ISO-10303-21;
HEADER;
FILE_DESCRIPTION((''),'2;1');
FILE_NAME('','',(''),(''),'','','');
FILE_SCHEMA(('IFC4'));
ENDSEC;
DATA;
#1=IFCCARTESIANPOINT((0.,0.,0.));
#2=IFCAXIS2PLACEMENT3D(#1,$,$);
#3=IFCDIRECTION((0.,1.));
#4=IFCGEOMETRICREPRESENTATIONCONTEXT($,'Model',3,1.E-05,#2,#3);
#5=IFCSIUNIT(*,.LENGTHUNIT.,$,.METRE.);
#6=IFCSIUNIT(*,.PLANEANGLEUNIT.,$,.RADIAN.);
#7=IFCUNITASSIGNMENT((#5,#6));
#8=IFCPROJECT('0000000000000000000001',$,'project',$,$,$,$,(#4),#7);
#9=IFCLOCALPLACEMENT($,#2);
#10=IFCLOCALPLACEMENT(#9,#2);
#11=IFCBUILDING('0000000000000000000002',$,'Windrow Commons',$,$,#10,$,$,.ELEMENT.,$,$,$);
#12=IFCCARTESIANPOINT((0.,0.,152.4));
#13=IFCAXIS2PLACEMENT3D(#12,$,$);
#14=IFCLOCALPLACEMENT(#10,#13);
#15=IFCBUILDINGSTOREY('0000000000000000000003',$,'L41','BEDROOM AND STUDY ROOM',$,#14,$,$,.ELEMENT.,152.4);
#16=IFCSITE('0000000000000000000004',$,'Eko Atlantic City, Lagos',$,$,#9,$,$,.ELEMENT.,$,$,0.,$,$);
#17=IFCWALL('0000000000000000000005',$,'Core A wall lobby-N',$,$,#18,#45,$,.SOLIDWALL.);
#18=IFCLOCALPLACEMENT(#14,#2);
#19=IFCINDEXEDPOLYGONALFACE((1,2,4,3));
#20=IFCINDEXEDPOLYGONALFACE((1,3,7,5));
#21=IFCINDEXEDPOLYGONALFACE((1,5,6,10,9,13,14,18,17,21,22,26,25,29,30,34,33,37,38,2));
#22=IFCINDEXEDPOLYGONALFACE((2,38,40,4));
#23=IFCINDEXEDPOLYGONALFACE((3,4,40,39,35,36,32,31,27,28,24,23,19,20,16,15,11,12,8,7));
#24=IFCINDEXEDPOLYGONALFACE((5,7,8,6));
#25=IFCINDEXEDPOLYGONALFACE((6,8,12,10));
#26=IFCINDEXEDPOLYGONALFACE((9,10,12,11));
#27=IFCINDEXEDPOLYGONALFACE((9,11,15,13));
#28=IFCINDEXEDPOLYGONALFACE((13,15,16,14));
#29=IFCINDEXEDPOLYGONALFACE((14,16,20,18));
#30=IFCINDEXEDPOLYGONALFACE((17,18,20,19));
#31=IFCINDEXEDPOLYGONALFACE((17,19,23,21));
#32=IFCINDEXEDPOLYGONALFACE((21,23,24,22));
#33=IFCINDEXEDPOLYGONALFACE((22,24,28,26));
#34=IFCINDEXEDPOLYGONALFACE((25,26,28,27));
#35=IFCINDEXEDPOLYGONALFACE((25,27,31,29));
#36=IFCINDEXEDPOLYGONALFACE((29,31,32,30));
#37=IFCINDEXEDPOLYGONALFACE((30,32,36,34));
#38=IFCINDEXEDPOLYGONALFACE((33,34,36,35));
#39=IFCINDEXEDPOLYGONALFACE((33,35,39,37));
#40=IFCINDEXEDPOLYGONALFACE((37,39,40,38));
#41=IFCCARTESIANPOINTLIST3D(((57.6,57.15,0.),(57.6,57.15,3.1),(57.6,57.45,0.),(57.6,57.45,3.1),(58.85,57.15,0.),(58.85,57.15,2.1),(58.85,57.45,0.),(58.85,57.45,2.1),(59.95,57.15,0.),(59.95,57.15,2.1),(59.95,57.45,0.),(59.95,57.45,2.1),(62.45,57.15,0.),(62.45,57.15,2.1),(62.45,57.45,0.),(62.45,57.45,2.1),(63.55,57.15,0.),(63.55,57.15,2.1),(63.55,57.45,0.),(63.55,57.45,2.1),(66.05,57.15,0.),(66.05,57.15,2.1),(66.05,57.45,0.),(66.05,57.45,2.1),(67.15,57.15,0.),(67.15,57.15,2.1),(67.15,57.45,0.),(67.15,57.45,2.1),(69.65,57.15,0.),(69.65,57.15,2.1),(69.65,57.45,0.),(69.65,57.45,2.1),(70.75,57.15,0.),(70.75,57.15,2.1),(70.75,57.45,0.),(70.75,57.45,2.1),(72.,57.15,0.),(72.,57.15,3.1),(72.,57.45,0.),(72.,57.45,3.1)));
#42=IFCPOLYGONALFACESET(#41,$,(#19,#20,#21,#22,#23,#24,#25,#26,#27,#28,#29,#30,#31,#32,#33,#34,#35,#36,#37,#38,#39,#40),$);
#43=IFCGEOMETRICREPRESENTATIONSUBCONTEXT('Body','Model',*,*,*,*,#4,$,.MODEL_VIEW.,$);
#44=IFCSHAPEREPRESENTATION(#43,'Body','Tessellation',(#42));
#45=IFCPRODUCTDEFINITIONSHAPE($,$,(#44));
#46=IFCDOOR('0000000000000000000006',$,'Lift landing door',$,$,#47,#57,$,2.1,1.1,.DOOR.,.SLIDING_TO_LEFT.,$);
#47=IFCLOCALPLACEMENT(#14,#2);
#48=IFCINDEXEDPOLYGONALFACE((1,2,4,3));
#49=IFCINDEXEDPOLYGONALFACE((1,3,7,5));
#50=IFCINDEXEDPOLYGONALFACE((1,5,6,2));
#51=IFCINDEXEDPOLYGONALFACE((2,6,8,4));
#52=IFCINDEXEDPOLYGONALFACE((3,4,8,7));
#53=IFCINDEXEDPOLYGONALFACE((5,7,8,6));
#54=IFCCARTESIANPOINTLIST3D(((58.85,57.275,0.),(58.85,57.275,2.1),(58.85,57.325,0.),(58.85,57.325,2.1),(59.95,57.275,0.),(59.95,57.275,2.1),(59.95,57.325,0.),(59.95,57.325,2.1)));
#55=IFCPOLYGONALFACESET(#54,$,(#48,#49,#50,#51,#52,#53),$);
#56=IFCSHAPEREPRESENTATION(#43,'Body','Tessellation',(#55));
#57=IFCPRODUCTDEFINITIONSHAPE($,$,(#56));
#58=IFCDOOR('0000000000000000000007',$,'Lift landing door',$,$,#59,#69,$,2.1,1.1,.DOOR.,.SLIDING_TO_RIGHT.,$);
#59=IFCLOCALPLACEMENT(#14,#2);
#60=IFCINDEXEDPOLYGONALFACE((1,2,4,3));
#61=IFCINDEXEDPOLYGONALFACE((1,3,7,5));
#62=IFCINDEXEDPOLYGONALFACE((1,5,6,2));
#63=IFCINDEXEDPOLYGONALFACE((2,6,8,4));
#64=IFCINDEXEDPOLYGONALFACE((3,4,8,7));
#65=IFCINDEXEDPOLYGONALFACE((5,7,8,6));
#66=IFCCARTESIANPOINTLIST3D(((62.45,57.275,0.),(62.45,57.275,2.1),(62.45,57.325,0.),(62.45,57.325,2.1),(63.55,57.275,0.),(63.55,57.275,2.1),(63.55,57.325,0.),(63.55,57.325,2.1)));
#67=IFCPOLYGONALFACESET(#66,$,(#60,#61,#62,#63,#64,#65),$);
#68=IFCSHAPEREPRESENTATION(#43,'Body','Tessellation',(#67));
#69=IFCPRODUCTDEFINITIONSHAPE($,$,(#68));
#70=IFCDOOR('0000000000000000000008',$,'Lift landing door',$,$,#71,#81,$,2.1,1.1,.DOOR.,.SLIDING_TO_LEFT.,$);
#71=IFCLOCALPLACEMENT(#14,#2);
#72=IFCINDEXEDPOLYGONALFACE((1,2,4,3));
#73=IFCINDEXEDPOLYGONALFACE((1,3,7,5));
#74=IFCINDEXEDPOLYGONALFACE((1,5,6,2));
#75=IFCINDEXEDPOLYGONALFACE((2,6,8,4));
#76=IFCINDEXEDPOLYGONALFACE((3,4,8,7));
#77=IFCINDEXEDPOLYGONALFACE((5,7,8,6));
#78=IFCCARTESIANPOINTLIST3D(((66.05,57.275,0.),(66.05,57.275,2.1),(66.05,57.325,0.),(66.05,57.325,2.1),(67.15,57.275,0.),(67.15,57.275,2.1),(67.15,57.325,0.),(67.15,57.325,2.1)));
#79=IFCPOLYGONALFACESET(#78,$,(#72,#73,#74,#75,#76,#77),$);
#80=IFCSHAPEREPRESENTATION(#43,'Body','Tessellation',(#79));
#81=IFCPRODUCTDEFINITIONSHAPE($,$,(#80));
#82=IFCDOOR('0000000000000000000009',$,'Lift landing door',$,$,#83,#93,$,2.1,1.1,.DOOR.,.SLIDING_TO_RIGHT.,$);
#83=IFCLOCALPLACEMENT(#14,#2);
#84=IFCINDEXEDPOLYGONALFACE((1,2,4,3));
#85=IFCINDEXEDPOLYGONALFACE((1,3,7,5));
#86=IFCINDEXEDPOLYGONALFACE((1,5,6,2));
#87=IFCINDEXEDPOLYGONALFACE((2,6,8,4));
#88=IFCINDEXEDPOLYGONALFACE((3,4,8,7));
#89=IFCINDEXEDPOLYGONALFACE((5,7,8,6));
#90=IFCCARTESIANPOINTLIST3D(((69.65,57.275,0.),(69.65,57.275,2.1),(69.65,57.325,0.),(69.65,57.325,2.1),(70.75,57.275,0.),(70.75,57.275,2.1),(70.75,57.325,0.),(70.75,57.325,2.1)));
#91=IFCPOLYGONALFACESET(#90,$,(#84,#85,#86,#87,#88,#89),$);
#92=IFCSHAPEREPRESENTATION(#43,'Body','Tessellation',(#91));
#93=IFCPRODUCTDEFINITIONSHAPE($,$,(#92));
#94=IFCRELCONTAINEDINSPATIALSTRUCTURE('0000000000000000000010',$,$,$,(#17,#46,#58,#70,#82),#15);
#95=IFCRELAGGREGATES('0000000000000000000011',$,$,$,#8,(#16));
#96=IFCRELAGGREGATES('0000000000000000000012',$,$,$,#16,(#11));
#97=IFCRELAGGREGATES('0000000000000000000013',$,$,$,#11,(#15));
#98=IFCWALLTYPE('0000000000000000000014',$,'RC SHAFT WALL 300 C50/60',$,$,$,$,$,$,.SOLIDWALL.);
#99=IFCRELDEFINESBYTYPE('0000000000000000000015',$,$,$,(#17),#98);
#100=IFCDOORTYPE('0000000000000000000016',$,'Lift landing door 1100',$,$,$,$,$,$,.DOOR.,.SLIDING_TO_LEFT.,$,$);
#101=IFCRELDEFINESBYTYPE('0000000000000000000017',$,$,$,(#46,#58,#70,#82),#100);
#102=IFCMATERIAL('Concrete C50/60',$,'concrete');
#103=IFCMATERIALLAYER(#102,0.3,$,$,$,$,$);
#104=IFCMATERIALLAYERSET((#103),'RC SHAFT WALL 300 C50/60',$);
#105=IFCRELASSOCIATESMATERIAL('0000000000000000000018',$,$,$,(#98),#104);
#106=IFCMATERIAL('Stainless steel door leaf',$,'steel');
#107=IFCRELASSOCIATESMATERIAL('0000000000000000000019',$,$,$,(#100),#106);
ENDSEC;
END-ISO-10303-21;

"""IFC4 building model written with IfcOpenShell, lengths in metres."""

from ifc_helpers import new_model, si_unit, direction, frame, frame_2d, origin, place, context, subcontext, project, spatial, rectangle, extrude, material, layer, layer_set, type_object, element, fill, save


model = new_model("IFC4")

# Units and contexts
model_context = context("Model", 3, precision=1e-05, world=origin(), true_north=direction((0.0, 1.0)))
body_context = subcontext(model_context, "Body", "Model", "MODEL_VIEW")
ifc_project = project(units=[si_unit("LENGTHUNIT", "METRE"), si_unit("PLANEANGLEUNIT", "RADIAN")], contexts=[model_context])

# Site, building, storey
site_placement = place(None, origin())
site = spatial("IfcSite", under=ifc_project, at=site_placement, Name="Eko Atlantic City, Lagos", CompositionType="ELEMENT", RefElevation=0.0)
building_placement = place(site_placement, origin())
building = spatial("IfcBuilding", under=site, at=building_placement, Name="Windrow Commons", CompositionType="ELEMENT")
storey_placement = place(building_placement, frame((0.0, 0.0, 152.4)))
storey = spatial("IfcBuildingStorey", under=building, at=storey_placement, Name="L41", Description="BEDROOM AND STUDY ROOM", CompositionType="ELEMENT", Elevation=152.4)

# Wall, openings, doors
ifc_material_1 = material(Name="Concrete C50/60", Category="concrete")
ifc_layer_1 = layer(ifc_material_1, 0.3)
ifc_layer_set_1 = layer_set([ifc_layer_1], Name="RC SHAFT WALL 300 C50/60")
wall_type_1 = type_object("IfcWallType", Name="RC SHAFT WALL 300 C50/60", PredefinedType="SOLIDWALL", material=ifc_layer_set_1)
ifc_material_2 = material(Name="Stainless steel door leaf", Category="steel")
door_type_1 = type_object("IfcDoorType", Name="Lift landing door 1100", OperationType="SLIDING_TO_LEFT", PredefinedType="DOOR", material=ifc_material_2)
wall_1_placement = place(storey_placement, frame((57.6, 57.3, 0.0), z_axis=(0.0, 0.0, 1.0), x_axis=(1.0, 0.0, 0.0)))
wall_1 = element("IfcWall", 1, at=wall_1_placement, inside=storey, type_object=wall_type_1, Name="Core A wall lobby-N", PredefinedType="SOLIDWALL", context=body_context, shape_type="SweptSolid", body=[
    extrude(rectangle(XDim=14.4, YDim=0.3, at=frame_2d((7.2, 0.0))), origin(), (0.0, 0.0, 1.0), 3.1),
])
opening_1_placement = place(wall_1_placement, frame((1.25, 0.0, 0.0)))
opening_1 = element("IfcOpeningElement", 2, at=opening_1_placement, cuts=wall_1, PredefinedType="OPENING", context=body_context, shape_type="SweptSolid", body=[
    extrude(rectangle(XDim=1.1, YDim=2.1, at=frame_2d((0.55, 1.05))), frame((0.0, 0.16, 0.0), z_axis=(0.0, -1.0, 0.0), x_axis=(1.0, 0.0, 0.0)), (0.0, 0.0, 1.0), 0.32),
])
opening_2_placement = place(wall_1_placement, frame((4.85, 0.0, 0.0)))
opening_2 = element("IfcOpeningElement", 3, at=opening_2_placement, cuts=wall_1, PredefinedType="OPENING", context=body_context, shape_type="SweptSolid", body=[
    extrude(rectangle(XDim=1.1, YDim=2.1, at=frame_2d((0.55, 1.05))), frame((0.0, 0.16, 0.0), z_axis=(0.0, -1.0, 0.0), x_axis=(1.0, 0.0, 0.0)), (0.0, 0.0, 1.0), 0.32),
])
opening_3_placement = place(wall_1_placement, frame((8.45, 0.0, 0.0)))
opening_3 = element("IfcOpeningElement", 4, at=opening_3_placement, cuts=wall_1, PredefinedType="OPENING", context=body_context, shape_type="SweptSolid", body=[
    extrude(rectangle(XDim=1.1, YDim=2.1, at=frame_2d((0.55, 1.05))), frame((0.0, 0.16, 0.0), z_axis=(0.0, -1.0, 0.0), x_axis=(1.0, 0.0, 0.0)), (0.0, 0.0, 1.0), 0.32),
])
opening_4_placement = place(wall_1_placement, frame((12.05, 0.0, 0.0)))
opening_4 = element("IfcOpeningElement", 5, at=opening_4_placement, cuts=wall_1, PredefinedType="OPENING", context=body_context, shape_type="SweptSolid", body=[
    extrude(rectangle(XDim=1.1, YDim=2.1, at=frame_2d((0.55, 1.05))), frame((0.0, 0.16, 0.0), z_axis=(0.0, -1.0, 0.0), x_axis=(1.0, 0.0, 0.0)), (0.0, 0.0, 1.0), 0.32),
])
door_1_placement = place(opening_1_placement, origin())
door_1 = element("IfcDoor", 6, at=door_1_placement, inside=storey, type_object=door_type_1, Name="Lift landing door", OperationType="SLIDING_TO_LEFT", OverallHeight=2.1, OverallWidth=1.1, PredefinedType="DOOR", context=body_context, shape_type="SweptSolid", body=[
    extrude(rectangle(XDim=1.1, YDim=2.1, at=frame_2d((0.55, 1.05))), frame((0.0, 0.025, 0.0), z_axis=(0.0, -1.0, 0.0), x_axis=(1.0, 0.0, 0.0)), (0.0, 0.0, 1.0), 0.05),
])
fill(opening_1, door_1)
door_2_placement = place(opening_2_placement, origin())
door_2 = element("IfcDoor", 7, at=door_2_placement, inside=storey, type_object=door_type_1, Name="Lift landing door", OperationType="SLIDING_TO_RIGHT", OverallHeight=2.1, OverallWidth=1.1, PredefinedType="DOOR", context=body_context, shape_type="SweptSolid", body=[
    extrude(rectangle(XDim=1.1, YDim=2.1, at=frame_2d((0.55, 1.05))), frame((0.0, 0.025, 0.0), z_axis=(0.0, -1.0, 0.0), x_axis=(1.0, 0.0, 0.0)), (0.0, 0.0, 1.0), 0.05),
])
fill(opening_2, door_2)
door_3_placement = place(opening_3_placement, origin())
door_3 = element("IfcDoor", 8, at=door_3_placement, inside=storey, type_object=door_type_1, Name="Lift landing door", OperationType="SLIDING_TO_LEFT", OverallHeight=2.1, OverallWidth=1.1, PredefinedType="DOOR", context=body_context, shape_type="SweptSolid", body=[
    extrude(rectangle(XDim=1.1, YDim=2.1, at=frame_2d((0.55, 1.05))), frame((0.0, 0.025, 0.0), z_axis=(0.0, -1.0, 0.0), x_axis=(1.0, 0.0, 0.0)), (0.0, 0.0, 1.0), 0.05),
])
fill(opening_3, door_3)
door_4_placement = place(opening_4_placement, origin())
door_4 = element("IfcDoor", 9, at=door_4_placement, inside=storey, type_object=door_type_1, Name="Lift landing door", OperationType="SLIDING_TO_RIGHT", OverallHeight=2.1, OverallWidth=1.1, PredefinedType="DOOR", context=body_context, shape_type="SweptSolid", body=[
    extrude(rectangle(XDim=1.1, YDim=2.1, at=frame_2d((0.55, 1.05))), frame((0.0, 0.025, 0.0), z_axis=(0.0, -1.0, 0.0), x_axis=(1.0, 0.0, 0.0)), (0.0, 0.0, 1.0), 0.05),
])
fill(opening_4, door_4)

save(model, "model.ifc")
